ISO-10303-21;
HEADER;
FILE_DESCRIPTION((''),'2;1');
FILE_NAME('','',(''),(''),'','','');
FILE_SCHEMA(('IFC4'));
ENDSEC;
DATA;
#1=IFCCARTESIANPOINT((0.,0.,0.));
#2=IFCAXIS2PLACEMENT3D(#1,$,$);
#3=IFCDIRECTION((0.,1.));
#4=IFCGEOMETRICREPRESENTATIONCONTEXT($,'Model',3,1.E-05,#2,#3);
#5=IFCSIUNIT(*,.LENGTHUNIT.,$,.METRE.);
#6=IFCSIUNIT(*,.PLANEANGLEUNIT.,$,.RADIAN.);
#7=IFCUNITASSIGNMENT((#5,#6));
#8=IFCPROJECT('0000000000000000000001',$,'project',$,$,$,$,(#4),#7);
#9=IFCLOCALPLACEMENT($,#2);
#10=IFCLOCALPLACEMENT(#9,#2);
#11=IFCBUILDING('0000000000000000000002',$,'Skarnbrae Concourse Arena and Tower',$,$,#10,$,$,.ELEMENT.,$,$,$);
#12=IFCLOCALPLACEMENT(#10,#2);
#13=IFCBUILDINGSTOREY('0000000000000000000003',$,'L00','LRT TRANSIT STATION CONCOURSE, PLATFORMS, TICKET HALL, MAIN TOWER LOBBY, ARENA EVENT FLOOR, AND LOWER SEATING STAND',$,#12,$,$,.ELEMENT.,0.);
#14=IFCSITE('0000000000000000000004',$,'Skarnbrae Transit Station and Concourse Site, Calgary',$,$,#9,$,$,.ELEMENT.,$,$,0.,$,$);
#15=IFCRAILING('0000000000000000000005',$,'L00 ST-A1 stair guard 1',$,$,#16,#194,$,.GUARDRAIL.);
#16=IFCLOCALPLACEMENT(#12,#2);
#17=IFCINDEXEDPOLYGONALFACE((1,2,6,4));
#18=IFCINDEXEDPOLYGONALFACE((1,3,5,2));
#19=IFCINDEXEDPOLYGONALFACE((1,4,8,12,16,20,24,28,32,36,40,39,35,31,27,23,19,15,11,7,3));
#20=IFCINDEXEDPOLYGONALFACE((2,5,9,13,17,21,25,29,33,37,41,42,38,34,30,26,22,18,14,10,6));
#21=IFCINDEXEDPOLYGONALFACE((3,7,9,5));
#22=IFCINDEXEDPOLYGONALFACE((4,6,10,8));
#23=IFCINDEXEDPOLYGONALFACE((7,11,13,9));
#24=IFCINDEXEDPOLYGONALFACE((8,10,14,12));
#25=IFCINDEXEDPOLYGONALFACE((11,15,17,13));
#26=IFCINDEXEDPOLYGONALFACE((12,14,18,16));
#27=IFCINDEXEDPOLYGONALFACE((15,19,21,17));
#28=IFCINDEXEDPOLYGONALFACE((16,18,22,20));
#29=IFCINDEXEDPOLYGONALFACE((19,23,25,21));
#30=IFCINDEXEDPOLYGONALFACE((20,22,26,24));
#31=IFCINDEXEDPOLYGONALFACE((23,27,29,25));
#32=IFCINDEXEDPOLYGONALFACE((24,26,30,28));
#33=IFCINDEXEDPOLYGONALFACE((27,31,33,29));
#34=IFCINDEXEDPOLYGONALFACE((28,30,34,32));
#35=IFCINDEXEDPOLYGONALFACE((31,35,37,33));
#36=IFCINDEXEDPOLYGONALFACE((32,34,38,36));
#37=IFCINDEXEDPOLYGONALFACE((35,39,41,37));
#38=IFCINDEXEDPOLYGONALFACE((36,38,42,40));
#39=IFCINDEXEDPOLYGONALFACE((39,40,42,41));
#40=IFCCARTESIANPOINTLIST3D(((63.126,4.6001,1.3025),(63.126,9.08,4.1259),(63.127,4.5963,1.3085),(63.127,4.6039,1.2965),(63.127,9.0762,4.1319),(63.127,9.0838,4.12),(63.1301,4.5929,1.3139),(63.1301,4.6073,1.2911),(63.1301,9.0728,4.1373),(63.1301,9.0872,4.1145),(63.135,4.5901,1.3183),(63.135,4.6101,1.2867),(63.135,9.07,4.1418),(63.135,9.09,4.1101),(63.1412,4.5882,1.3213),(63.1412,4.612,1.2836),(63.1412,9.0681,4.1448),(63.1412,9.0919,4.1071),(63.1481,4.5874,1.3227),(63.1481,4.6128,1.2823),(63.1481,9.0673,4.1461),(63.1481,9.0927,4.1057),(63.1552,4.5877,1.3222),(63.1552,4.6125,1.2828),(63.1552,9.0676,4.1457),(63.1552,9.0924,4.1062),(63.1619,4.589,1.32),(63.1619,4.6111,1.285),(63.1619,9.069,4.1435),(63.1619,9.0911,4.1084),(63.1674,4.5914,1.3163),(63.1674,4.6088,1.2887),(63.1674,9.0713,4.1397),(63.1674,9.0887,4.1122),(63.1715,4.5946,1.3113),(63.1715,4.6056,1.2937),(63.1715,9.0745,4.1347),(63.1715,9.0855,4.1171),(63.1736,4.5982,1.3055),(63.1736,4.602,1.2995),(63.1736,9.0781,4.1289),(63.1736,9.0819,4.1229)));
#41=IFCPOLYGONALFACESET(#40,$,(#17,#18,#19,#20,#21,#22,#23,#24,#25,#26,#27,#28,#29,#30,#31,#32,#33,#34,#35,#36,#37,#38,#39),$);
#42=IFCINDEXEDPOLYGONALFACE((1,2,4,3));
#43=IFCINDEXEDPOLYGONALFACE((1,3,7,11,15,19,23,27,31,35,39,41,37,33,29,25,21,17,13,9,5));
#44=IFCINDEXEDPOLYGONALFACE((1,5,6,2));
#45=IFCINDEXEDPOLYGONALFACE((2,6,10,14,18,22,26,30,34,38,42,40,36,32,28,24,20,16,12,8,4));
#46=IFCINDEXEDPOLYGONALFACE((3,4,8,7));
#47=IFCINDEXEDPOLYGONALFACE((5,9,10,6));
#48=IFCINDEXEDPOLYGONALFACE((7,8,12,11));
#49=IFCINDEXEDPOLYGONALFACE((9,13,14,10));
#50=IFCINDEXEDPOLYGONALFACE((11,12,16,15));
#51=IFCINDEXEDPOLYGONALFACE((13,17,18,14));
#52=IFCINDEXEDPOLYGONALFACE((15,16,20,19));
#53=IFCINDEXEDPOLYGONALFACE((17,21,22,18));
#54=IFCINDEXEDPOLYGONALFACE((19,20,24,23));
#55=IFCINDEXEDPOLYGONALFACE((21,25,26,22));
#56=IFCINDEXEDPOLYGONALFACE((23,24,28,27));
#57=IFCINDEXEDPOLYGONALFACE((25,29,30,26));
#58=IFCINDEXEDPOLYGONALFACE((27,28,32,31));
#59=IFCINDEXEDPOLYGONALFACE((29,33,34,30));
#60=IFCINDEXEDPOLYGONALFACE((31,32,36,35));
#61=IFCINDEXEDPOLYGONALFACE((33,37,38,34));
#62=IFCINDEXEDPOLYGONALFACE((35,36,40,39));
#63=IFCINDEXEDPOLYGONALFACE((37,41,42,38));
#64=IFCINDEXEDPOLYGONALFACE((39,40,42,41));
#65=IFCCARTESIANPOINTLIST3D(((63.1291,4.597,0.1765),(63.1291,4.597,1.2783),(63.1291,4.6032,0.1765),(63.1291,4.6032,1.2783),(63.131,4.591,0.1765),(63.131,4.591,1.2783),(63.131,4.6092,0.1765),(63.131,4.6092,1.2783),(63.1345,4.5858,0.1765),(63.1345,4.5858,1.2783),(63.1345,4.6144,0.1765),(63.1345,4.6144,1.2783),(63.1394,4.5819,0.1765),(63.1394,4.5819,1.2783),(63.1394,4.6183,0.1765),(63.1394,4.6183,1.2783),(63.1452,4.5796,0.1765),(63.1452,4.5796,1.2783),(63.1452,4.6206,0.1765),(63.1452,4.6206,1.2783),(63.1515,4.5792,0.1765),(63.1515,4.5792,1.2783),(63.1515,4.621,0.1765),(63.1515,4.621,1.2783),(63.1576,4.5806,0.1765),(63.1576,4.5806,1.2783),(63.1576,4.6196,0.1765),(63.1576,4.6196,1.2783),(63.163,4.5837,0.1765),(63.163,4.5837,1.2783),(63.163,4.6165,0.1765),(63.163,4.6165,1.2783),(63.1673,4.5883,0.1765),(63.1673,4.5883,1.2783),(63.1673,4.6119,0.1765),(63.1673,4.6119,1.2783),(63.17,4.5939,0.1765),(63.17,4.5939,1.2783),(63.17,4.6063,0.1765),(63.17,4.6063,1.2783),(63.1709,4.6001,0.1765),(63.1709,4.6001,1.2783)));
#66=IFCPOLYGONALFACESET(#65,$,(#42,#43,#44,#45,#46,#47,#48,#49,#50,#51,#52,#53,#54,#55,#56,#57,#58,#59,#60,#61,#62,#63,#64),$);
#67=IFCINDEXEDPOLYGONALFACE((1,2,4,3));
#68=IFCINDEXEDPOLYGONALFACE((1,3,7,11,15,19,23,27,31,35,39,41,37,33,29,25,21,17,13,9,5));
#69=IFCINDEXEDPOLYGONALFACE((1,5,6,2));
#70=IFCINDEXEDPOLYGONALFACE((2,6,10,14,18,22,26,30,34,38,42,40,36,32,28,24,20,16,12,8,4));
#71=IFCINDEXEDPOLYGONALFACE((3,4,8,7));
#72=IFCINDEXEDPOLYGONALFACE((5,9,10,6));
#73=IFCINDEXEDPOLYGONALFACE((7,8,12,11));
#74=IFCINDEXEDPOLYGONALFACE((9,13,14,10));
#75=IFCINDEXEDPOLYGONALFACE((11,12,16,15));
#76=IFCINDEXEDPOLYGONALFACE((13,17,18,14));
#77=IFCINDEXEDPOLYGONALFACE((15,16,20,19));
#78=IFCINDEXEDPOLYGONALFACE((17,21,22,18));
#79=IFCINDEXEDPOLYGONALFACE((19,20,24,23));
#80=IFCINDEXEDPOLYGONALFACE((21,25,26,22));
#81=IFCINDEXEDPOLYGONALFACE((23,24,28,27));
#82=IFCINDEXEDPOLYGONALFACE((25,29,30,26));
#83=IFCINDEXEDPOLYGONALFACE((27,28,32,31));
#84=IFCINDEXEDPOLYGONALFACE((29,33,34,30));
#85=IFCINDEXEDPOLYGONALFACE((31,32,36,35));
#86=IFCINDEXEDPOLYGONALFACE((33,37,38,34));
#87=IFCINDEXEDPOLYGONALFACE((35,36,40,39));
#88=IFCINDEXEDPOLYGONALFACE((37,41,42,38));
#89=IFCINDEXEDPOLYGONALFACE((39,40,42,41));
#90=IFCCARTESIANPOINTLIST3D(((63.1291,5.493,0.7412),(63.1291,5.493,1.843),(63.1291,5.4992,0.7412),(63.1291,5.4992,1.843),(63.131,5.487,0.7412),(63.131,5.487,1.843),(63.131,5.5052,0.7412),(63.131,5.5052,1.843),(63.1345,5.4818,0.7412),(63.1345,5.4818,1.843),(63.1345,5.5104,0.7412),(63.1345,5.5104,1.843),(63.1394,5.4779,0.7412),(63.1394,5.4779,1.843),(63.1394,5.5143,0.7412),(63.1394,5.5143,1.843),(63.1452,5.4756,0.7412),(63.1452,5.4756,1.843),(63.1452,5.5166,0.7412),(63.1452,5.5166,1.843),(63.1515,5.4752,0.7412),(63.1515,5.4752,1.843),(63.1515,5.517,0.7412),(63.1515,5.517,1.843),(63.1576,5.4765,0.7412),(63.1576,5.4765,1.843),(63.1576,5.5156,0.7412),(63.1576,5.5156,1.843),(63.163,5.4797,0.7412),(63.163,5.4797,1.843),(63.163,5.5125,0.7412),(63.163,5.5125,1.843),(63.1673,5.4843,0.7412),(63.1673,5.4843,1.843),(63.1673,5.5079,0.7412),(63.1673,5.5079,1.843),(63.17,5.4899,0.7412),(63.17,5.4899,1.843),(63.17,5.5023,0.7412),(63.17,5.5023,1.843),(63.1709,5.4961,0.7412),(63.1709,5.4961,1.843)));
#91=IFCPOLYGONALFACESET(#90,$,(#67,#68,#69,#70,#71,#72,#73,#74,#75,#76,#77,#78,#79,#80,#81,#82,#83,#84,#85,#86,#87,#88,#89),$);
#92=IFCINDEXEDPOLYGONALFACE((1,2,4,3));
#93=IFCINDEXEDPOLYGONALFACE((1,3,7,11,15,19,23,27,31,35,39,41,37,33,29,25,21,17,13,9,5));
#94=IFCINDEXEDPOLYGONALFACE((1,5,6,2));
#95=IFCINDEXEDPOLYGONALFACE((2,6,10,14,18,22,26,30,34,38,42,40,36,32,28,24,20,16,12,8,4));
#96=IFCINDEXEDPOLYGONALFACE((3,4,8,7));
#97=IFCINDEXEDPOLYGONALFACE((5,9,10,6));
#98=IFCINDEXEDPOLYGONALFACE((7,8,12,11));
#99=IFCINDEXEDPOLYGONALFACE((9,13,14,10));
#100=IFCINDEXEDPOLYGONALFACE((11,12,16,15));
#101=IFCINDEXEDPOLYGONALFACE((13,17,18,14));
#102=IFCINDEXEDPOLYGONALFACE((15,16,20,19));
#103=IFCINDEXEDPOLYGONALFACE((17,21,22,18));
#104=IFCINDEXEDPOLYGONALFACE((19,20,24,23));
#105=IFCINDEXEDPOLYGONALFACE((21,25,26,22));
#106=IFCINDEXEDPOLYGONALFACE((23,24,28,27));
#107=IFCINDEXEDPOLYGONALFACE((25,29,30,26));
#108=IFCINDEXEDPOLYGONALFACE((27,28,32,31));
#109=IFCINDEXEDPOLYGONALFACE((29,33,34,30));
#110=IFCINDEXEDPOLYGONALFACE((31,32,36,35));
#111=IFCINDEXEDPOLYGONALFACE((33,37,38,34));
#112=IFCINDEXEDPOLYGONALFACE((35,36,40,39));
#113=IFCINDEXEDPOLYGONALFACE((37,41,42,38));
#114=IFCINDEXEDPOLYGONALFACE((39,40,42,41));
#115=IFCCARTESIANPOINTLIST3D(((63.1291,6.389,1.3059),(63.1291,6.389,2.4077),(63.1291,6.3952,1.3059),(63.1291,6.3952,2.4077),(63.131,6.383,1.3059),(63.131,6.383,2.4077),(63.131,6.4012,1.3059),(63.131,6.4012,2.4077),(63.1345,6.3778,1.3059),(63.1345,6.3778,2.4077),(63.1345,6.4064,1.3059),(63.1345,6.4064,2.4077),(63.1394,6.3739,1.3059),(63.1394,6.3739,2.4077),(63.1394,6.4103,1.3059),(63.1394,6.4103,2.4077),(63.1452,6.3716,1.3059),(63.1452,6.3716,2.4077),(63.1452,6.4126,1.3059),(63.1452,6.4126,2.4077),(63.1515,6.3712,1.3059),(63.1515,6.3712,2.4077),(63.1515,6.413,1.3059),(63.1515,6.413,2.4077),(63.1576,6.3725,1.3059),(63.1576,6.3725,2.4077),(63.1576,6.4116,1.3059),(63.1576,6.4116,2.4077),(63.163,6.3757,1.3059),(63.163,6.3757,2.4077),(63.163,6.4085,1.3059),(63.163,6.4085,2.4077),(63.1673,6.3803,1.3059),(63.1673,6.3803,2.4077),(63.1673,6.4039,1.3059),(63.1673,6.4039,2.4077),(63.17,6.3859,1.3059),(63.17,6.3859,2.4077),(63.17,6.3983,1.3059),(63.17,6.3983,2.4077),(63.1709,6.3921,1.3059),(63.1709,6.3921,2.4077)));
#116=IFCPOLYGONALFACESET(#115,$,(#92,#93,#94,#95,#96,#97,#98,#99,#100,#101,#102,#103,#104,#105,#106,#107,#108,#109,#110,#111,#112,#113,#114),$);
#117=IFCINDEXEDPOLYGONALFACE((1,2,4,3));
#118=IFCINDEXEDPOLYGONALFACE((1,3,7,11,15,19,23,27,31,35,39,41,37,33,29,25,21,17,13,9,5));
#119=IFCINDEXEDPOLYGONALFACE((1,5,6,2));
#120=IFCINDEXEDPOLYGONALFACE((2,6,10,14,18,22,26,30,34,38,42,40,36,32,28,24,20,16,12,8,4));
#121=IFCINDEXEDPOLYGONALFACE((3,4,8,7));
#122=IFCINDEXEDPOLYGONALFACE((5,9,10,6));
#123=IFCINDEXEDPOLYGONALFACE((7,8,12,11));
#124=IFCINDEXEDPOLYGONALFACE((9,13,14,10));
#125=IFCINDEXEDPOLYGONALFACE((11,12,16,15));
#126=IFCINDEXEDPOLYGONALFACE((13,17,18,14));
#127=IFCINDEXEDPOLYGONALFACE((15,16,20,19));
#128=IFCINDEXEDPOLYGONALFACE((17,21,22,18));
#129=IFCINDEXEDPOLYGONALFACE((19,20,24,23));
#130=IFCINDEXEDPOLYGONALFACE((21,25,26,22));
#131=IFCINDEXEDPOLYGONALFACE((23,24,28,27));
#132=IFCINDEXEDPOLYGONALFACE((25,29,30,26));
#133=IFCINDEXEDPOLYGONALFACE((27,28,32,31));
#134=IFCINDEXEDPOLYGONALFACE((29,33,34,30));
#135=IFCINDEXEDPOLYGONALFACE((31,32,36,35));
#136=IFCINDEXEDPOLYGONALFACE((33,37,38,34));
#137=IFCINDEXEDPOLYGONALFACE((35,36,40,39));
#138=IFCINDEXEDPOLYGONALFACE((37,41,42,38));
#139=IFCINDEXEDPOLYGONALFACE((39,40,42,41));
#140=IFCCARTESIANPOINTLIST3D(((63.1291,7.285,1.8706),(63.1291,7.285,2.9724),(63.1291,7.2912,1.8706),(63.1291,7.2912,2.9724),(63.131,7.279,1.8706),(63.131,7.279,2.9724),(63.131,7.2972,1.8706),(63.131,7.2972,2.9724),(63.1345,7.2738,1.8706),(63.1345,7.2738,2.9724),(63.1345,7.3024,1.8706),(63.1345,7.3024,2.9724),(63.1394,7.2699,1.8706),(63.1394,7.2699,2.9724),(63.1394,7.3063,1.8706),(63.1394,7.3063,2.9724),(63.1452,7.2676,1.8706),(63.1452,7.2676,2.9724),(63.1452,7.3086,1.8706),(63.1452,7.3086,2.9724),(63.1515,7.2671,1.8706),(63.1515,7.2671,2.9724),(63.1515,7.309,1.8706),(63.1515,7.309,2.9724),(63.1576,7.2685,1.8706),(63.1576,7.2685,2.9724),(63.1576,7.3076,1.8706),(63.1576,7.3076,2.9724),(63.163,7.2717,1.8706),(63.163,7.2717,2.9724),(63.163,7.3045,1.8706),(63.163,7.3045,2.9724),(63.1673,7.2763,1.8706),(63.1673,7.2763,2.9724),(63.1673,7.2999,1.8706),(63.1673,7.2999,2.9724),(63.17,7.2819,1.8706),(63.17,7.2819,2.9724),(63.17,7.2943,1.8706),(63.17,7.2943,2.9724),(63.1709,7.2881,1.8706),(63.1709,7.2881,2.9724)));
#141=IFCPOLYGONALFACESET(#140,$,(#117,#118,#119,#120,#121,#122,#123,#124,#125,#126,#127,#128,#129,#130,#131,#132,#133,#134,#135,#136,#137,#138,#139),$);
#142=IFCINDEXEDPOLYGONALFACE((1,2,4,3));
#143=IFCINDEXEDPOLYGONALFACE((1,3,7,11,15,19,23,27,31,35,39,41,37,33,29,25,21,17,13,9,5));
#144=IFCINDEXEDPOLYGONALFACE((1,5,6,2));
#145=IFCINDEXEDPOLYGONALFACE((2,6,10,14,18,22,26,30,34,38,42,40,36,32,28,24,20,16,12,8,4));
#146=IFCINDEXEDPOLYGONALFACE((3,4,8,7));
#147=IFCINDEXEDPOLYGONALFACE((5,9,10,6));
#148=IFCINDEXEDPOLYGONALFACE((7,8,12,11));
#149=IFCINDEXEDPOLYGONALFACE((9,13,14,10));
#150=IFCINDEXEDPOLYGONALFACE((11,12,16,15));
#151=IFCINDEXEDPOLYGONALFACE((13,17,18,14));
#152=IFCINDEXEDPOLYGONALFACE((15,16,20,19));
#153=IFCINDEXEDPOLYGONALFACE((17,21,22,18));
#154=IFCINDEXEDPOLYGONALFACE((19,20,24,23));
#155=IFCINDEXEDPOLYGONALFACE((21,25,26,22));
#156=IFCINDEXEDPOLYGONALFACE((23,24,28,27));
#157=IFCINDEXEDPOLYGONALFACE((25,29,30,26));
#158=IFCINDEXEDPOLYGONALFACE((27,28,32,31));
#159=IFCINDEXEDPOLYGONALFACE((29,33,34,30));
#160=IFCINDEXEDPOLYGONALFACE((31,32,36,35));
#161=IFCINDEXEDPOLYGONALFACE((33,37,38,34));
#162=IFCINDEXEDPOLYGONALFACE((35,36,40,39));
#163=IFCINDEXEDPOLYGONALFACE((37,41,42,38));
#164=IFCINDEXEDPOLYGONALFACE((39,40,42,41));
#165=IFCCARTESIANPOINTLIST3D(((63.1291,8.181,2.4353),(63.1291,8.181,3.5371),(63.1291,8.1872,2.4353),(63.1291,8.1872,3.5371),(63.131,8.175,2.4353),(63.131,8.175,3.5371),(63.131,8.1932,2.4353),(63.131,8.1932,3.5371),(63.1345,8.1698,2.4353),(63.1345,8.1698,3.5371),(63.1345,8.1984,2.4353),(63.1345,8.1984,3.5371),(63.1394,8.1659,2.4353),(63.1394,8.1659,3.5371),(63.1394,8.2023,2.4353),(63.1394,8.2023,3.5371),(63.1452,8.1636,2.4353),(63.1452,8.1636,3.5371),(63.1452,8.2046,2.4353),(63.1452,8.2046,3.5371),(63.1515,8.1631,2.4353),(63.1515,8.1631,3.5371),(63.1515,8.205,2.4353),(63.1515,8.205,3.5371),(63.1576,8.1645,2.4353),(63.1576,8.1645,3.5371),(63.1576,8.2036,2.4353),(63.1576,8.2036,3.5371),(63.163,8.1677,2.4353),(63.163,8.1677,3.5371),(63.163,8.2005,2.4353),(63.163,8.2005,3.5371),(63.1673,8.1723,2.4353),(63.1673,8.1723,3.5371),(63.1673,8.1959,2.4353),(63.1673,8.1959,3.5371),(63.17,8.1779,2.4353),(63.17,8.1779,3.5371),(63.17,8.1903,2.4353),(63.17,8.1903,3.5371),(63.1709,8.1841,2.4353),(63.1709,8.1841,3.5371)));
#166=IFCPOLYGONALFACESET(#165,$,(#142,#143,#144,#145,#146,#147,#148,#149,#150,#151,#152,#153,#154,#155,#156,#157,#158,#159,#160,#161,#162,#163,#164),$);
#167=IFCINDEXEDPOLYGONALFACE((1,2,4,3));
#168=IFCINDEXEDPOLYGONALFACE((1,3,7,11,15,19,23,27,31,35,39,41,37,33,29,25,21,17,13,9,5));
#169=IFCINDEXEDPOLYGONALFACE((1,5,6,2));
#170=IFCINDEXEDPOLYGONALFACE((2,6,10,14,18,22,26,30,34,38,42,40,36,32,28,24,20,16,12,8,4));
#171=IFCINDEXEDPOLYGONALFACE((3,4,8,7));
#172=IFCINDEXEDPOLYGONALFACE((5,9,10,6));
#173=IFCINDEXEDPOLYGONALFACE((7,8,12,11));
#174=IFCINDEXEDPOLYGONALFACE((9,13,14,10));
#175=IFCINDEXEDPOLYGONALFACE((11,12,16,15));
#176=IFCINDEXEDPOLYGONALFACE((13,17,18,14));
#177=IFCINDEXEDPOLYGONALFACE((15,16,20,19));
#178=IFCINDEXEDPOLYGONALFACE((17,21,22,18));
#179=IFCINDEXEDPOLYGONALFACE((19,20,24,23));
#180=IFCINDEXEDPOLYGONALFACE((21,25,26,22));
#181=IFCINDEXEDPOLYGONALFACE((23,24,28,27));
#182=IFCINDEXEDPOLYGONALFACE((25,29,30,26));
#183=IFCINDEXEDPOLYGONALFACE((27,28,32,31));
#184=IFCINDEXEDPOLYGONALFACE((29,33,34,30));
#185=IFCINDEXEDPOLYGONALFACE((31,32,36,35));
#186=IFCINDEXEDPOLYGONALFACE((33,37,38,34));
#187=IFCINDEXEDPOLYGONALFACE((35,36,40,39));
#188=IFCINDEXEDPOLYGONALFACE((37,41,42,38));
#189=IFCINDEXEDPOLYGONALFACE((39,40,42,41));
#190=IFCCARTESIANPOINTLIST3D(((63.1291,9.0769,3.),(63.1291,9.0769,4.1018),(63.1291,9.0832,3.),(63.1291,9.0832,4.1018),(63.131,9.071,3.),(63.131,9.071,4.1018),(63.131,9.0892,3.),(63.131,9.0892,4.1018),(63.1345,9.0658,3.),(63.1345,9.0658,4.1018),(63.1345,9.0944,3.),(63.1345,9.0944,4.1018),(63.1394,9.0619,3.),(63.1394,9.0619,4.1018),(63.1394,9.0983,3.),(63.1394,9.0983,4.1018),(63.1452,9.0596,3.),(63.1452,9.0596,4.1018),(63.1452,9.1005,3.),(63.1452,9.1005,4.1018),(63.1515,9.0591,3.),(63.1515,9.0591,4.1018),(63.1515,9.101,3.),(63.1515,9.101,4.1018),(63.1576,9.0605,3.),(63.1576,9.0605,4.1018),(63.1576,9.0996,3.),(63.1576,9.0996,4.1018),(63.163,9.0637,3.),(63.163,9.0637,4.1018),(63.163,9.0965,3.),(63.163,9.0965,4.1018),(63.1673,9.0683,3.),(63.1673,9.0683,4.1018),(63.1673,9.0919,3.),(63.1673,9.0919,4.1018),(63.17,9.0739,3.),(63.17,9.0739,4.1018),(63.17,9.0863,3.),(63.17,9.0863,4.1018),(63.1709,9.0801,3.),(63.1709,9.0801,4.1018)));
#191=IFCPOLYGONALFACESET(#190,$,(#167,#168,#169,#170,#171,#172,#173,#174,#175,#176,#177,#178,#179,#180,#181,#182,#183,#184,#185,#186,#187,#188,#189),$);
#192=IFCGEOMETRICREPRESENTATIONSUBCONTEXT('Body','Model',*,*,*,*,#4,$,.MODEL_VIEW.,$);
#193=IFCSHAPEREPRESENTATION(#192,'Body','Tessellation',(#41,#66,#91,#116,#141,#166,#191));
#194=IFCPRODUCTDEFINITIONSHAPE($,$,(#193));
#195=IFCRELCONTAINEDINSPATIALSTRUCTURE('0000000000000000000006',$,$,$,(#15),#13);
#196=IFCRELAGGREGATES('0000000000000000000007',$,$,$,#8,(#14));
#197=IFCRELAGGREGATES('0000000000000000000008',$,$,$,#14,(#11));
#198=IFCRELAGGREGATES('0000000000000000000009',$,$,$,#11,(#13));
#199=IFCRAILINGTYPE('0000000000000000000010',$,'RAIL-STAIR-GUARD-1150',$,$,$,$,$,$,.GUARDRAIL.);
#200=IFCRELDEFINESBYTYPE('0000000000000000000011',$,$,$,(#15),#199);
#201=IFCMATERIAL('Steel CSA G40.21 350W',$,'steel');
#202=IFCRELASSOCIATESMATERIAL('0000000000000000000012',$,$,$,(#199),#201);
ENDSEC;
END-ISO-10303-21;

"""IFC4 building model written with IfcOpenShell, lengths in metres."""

from ifc_helpers import new_model, si_unit, direction, frame, origin, origin_2d, place, context, subcontext, project, spatial, circle, extrude, material, type_object, element, save


model = new_model("IFC4")

# Units and contexts
model_context = context("Model", 3, precision=1e-05, world=origin(), true_north=direction((0.0, 1.0)))
body_context = subcontext(model_context, "Body", "Model", "MODEL_VIEW")
ifc_project = project(units=[si_unit("LENGTHUNIT", "METRE"), si_unit("PLANEANGLEUNIT", "RADIAN")], contexts=[model_context])

# Site, building, storey
site_placement = place(None, origin())
site = spatial("IfcSite", under=ifc_project, at=site_placement, Name="Skarnbrae Transit Station and Concourse Site, Calgary", CompositionType="ELEMENT", RefElevation=0.0)
building_placement = place(site_placement, origin())
building = spatial("IfcBuilding", under=site, at=building_placement, Name="Skarnbrae Concourse Arena and Tower", CompositionType="ELEMENT")
storey_placement = place(building_placement, origin())
storey = spatial("IfcBuildingStorey", under=building, at=storey_placement, Name="L00", Description="LRT TRANSIT STATION CONCOURSE, PLATFORMS, TICKET HALL, MAIN TOWER LOBBY, ARENA EVENT FLOOR, AND LOWER SEATING STAND", CompositionType="ELEMENT", Elevation=0.0)

# Shared definitions
ifc_material_1 = material(Name="Steel CSA G40.21 350W", Category="steel")

# Railing
railing_type_1 = type_object("IfcRailingType", Name="RAIL-STAIR-GUARD-1150", PredefinedType="GUARDRAIL", material=ifc_material_1)
railing_1_placement = place(storey_placement, frame((63.1499, 4.6001, 0.1765)))
element("IfcRailing", 1, at=railing_1_placement, inside=storey, type_object=railing_type_1, Name="L00 ST-A1 stair guard 1", PredefinedType="GUARDRAIL", context=body_context, shape_type="SweptSolid", body=[
    extrude(circle(Radius=0.0239, at=origin_2d()), frame((0.0, 0.0, 1.126), z_axis=(0.0, 0.845998, 0.533186), x_axis=(-1.0, 0.0, 0.0)), (0.0, 0.0, 1.0), 5.2954),
    extrude(circle(Radius=0.021, at=origin_2d()), origin(), (0.0, 0.0, 1.0), 1.1018),
    extrude(circle(Radius=0.021, at=origin_2d()), frame((0.0, 0.896, 0.5647)), (0.0, 0.0, 1.0), 1.1018),
    extrude(circle(Radius=0.021, at=origin_2d()), frame((0.0, 1.792, 1.1294)), (0.0, 0.0, 1.0), 1.1018),
    extrude(circle(Radius=0.021, at=origin_2d()), frame((0.0, 2.688, 1.6941)), (0.0, 0.0, 1.0), 1.1018),
    extrude(circle(Radius=0.021, at=origin_2d()), frame((0.0, 3.584, 2.2588)), (0.0, 0.0, 1.0), 1.1018),
    extrude(circle(Radius=0.021, at=origin_2d()), frame((0.0, 4.48, 2.8235)), (0.0, 0.0, 1.0), 1.1018),
])

save(model, "model.ifc")
